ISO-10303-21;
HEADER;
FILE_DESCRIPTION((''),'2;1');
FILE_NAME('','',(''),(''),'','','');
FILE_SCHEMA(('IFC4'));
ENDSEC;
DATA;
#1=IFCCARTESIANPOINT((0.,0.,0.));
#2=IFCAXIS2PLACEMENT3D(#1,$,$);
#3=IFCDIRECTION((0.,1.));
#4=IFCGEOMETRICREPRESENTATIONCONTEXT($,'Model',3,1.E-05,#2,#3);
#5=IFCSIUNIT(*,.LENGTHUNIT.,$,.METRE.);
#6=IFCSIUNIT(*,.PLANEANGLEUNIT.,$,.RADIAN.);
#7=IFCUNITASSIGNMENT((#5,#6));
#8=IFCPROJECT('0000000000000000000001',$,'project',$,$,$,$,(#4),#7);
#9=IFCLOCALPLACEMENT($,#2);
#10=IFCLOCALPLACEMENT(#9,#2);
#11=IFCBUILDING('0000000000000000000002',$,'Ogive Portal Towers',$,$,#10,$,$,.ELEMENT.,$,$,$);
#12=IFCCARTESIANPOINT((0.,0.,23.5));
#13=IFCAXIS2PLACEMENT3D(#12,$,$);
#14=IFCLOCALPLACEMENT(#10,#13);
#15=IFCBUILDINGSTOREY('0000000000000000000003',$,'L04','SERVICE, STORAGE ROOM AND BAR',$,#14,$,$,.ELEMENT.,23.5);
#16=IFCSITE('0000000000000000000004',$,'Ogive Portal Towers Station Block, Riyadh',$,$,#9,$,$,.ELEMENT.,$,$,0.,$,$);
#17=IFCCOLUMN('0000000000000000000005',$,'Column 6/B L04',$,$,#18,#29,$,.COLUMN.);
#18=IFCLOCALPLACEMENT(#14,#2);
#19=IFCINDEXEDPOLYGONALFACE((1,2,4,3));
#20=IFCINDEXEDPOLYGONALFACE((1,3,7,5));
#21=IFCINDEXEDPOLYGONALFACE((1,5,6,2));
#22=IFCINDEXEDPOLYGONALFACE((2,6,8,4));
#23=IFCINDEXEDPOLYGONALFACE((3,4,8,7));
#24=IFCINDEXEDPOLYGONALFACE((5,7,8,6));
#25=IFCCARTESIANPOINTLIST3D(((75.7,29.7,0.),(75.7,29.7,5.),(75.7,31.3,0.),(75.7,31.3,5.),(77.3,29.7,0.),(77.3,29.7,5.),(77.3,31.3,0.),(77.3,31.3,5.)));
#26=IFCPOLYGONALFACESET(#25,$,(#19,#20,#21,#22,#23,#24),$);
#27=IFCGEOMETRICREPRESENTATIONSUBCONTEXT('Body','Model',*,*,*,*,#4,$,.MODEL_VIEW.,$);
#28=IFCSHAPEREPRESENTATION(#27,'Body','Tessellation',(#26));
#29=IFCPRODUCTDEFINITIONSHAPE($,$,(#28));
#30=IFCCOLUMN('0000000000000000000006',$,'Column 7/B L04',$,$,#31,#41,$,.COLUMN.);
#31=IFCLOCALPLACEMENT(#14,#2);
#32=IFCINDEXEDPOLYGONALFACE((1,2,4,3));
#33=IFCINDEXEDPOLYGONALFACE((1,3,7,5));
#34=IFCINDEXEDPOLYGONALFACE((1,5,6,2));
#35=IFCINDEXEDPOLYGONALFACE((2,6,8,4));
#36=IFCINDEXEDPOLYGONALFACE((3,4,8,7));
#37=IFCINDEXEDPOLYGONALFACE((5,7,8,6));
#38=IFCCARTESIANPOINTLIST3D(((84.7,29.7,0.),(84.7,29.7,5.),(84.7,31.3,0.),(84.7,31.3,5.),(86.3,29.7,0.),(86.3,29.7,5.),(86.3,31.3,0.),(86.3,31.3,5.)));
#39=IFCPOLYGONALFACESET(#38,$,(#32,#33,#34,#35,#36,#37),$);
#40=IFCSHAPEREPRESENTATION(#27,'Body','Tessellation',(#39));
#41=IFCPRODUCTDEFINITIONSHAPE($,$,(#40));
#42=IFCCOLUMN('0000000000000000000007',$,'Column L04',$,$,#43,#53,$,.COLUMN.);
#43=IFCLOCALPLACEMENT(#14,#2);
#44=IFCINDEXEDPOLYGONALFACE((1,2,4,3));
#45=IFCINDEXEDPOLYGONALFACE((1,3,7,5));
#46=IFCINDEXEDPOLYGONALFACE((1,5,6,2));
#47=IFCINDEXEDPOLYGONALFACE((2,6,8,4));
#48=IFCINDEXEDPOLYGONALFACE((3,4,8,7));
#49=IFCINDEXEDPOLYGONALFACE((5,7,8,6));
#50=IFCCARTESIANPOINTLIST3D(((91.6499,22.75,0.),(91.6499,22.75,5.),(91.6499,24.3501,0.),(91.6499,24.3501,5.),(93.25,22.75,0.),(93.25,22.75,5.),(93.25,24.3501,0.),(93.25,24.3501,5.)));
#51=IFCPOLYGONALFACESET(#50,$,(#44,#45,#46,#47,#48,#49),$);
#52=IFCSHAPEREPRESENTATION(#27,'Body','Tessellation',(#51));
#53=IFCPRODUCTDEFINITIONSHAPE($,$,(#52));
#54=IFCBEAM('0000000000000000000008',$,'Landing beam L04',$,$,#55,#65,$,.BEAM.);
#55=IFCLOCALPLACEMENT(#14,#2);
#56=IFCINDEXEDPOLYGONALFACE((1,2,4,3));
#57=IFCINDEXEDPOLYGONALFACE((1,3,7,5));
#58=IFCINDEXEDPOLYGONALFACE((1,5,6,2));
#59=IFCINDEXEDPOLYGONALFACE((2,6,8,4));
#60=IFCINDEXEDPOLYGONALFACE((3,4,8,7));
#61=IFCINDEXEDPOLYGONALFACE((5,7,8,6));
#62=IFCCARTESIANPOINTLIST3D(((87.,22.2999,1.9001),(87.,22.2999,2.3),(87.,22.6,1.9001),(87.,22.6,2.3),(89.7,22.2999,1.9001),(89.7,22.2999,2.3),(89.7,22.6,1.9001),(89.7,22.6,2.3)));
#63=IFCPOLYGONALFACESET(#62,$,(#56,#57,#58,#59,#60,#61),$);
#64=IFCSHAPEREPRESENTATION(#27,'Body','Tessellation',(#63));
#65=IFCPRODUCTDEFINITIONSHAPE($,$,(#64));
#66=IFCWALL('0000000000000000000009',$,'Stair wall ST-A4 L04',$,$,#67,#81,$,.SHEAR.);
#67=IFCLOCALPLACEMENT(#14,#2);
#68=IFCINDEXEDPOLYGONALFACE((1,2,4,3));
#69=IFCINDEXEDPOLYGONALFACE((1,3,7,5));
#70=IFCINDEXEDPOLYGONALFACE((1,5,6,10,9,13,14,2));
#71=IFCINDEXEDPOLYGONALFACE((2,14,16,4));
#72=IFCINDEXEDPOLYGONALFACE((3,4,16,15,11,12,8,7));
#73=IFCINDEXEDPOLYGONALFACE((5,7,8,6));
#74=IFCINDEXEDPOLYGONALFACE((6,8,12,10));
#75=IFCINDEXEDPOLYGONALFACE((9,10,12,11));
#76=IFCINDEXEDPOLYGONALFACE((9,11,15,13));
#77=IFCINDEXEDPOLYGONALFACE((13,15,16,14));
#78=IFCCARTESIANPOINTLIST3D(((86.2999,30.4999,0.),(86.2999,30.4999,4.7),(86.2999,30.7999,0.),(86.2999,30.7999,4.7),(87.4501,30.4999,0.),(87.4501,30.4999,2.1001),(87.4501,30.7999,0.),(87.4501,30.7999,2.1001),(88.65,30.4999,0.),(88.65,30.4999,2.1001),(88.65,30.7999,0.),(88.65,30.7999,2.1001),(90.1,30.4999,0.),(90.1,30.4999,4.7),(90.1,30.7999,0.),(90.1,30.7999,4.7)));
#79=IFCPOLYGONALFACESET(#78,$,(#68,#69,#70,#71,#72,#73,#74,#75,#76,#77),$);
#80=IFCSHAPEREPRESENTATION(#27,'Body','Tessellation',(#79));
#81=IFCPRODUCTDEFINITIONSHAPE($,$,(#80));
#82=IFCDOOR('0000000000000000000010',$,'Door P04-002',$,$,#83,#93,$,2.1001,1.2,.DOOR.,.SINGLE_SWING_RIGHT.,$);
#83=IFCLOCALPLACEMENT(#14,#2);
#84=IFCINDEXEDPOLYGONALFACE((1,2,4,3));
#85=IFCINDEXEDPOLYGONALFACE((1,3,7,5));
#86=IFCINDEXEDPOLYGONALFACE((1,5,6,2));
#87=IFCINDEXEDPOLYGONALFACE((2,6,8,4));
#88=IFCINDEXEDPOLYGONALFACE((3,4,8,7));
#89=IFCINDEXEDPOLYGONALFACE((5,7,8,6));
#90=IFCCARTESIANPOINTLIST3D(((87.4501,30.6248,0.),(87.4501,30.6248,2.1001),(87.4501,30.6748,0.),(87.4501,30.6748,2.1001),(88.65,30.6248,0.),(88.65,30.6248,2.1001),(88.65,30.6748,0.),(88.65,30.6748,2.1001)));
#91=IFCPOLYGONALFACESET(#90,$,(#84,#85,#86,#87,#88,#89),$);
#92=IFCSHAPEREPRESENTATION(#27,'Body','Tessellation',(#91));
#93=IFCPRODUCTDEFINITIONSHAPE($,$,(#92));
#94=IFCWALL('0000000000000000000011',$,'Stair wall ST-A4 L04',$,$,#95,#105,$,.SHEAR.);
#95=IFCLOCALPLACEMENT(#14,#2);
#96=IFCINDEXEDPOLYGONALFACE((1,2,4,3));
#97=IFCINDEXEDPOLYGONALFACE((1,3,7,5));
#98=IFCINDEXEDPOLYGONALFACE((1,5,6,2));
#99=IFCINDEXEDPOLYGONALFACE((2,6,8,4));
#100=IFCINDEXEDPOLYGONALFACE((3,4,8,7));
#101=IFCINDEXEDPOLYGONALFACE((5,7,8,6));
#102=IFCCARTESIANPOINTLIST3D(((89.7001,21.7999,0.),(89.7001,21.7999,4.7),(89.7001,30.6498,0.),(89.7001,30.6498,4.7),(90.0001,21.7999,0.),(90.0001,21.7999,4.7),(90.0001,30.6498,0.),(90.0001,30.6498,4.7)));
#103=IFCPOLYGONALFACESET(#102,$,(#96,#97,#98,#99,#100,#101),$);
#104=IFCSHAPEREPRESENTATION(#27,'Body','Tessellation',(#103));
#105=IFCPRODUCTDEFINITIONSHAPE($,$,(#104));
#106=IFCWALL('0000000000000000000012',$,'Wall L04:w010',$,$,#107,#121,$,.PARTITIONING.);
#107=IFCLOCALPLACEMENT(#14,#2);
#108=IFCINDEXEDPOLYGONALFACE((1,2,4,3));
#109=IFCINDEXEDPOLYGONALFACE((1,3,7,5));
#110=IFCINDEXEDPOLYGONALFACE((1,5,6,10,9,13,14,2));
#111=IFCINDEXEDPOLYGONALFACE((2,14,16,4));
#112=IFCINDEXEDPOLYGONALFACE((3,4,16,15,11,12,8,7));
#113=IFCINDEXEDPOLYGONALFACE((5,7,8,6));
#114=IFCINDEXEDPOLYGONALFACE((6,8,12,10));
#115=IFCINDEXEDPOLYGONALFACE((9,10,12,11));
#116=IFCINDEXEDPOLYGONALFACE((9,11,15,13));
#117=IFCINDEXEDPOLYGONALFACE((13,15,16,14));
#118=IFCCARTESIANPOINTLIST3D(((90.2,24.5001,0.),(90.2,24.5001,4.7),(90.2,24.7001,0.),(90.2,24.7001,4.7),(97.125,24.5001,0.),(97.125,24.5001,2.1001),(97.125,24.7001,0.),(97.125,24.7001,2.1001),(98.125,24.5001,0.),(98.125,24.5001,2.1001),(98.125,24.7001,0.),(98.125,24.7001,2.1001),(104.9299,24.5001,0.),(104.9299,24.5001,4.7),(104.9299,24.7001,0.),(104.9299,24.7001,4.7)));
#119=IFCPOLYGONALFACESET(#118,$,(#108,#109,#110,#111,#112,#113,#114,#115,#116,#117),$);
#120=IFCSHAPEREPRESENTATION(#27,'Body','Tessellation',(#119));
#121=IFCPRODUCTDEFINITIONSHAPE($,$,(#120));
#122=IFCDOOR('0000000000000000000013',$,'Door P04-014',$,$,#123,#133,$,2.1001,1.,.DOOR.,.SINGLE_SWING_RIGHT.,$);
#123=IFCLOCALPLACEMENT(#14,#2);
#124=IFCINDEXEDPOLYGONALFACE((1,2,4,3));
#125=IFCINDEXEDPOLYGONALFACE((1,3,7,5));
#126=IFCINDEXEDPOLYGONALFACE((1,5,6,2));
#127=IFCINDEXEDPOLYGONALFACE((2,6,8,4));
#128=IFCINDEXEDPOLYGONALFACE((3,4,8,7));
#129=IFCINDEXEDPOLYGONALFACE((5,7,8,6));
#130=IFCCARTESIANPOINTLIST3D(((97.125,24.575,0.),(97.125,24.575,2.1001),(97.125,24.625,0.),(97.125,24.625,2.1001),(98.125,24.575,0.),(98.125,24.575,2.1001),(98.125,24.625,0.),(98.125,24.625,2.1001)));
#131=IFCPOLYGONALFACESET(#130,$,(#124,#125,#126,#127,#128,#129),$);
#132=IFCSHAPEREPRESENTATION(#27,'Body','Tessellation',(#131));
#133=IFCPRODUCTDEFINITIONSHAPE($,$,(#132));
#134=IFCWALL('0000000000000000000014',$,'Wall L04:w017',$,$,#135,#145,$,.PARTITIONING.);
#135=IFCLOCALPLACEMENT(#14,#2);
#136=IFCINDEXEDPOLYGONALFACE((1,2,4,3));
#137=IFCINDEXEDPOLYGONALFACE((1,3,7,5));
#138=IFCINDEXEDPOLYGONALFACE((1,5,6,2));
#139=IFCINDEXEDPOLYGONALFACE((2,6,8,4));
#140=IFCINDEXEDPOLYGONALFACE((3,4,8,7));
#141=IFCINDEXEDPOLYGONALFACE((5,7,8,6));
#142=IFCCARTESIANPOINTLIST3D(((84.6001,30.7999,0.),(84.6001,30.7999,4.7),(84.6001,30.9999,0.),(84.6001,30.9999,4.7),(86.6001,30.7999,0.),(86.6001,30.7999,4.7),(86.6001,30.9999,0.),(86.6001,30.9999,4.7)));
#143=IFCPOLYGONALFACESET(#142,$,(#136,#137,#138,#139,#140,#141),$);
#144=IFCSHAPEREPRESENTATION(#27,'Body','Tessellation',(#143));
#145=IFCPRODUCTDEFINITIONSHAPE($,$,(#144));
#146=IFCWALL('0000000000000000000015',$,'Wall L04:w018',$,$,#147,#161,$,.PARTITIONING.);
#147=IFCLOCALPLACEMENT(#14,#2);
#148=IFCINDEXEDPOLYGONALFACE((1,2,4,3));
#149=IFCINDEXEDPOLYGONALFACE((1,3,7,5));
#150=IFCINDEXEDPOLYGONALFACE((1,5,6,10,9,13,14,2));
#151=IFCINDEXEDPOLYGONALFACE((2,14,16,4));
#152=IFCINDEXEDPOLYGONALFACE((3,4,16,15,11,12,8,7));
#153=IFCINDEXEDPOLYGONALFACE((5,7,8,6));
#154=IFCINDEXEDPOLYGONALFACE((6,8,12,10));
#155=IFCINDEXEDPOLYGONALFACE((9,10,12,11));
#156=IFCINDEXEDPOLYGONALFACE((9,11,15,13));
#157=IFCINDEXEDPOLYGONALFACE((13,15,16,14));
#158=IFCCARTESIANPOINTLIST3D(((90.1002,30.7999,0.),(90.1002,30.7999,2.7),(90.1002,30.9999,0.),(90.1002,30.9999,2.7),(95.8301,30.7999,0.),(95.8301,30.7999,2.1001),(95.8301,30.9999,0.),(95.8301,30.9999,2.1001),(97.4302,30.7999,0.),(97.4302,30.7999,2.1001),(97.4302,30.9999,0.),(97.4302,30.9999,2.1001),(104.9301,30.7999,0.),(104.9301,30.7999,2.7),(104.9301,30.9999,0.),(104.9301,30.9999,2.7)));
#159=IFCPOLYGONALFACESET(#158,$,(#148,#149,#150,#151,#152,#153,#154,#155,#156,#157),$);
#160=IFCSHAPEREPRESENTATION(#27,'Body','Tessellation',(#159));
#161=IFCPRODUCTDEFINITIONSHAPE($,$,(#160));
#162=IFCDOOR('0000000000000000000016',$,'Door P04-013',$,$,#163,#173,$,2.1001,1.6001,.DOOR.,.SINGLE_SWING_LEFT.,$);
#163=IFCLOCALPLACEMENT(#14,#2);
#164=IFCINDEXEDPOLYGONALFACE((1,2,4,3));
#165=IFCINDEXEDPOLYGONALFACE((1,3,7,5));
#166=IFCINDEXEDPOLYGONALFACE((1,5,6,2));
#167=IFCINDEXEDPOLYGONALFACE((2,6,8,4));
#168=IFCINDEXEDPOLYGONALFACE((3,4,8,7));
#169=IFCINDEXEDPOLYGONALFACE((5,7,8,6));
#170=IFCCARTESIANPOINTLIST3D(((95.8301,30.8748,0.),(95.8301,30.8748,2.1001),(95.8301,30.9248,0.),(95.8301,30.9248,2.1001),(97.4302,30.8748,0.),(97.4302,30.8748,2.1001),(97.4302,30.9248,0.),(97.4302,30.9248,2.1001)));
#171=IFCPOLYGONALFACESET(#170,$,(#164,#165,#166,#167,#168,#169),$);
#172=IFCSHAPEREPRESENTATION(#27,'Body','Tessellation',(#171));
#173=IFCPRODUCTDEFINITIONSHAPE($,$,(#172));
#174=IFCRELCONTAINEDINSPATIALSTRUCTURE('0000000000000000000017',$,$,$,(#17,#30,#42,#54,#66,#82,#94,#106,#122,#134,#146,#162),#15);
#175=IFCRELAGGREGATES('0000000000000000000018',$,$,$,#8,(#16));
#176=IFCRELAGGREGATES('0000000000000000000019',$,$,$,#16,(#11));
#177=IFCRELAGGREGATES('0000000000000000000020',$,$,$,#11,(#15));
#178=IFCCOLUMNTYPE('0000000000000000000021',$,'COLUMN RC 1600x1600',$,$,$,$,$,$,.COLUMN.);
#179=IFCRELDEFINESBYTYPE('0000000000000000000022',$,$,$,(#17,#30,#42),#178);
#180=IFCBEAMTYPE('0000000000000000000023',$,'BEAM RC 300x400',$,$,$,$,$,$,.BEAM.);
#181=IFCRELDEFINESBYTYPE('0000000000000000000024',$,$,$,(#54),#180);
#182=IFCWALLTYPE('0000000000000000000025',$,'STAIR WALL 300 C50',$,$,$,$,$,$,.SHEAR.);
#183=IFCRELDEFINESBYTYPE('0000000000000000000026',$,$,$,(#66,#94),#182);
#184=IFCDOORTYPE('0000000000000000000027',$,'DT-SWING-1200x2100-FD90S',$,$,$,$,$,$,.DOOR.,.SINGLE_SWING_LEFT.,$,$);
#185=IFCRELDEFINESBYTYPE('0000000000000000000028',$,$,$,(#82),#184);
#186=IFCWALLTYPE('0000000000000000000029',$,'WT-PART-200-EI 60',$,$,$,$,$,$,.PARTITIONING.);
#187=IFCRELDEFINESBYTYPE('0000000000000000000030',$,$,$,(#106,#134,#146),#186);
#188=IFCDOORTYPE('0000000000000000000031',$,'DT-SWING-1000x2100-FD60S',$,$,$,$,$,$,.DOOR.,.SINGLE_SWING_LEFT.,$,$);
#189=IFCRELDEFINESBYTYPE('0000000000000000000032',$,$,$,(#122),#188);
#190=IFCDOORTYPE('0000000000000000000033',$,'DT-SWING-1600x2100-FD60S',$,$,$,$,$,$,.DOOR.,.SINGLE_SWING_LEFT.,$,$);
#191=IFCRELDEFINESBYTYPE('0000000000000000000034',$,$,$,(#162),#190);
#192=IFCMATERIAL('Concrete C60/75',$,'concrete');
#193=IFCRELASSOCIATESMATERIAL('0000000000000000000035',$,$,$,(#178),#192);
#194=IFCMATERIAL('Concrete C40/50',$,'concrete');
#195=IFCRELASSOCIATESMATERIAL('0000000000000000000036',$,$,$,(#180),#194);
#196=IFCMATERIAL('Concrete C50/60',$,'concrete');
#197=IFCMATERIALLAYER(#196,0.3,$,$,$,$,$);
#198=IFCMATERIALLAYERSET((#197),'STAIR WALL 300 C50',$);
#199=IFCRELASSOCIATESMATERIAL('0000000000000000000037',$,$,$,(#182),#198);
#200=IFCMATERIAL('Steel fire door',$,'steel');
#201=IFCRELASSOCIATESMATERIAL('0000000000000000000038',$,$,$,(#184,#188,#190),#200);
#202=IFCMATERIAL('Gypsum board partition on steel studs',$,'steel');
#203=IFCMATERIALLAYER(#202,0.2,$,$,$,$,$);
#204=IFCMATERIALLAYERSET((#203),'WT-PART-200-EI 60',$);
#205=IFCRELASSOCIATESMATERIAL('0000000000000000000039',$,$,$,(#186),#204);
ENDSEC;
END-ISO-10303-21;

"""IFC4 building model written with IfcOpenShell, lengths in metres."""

from ifc_helpers import new_model, si_unit, direction, frame, frame_2d, origin, origin_2d, place, context, subcontext, project, spatial, rectangle, extrude, material, layer, layer_set, material_profile, profile_set, type_object, element, fill, save


model = new_model("IFC4")

# Units and contexts
model_context = context("Model", 3, precision=1e-05, world=origin(), true_north=direction((0.0, 1.0)))
body_context = subcontext(model_context, "Body", "Model", "MODEL_VIEW")
ifc_project = project(units=[si_unit("LENGTHUNIT", "METRE"), si_unit("PLANEANGLEUNIT", "RADIAN")], contexts=[model_context])

# Site, building, storey
site_placement = place(None, origin())
site = spatial("IfcSite", under=ifc_project, at=site_placement, Name="Ogive Portal Towers Station Block, Riyadh", CompositionType="ELEMENT", RefElevation=0.0)
building_placement = place(site_placement, origin())
building = spatial("IfcBuilding", under=site, at=building_placement, Name="Ogive Portal Towers", CompositionType="ELEMENT")
storey_placement = place(building_placement, frame((0.0, 0.0, 23.5)))
storey = spatial("IfcBuildingStorey", under=building, at=storey_placement, Name="L04", Description="SERVICE, STORAGE ROOM AND BAR", CompositionType="ELEMENT", Elevation=23.5)

# Columns
ifc_material_1 = material(Name="Concrete C60/75", Category="concrete")
ifc_material_profile_1 = material_profile(ifc_material_1, rectangle(XDim=1.6001, YDim=1.6001, at=origin_2d()), Name="RC 1600x1600")
ifc_profile_set_1 = profile_set([ifc_material_profile_1], Name="Concrete C60/75")
column_type = type_object("IfcColumnType", Name="COLUMN RC 1600x1600", PredefinedType="COLUMN", material=ifc_profile_set_1)
for number, where, z_axis, x_axis, name in (
    (1, (76.5, 30.5, 0.0), (0.0, 0.0, 1.0), (1.0, 0.0, 0.0), "Column 6/B L04"),
    (2, (85.5, 30.5, 0.0), (0.0, 0.0, 1.0), (1.0, 0.0, 0.0), "Column 7/B L04"),
    (3, (92.45, 23.55, 0.0), (0.0, 0.0, 1.0), (1.0, 0.0, 0.0), "Column L04"),
):
    element("IfcColumn", number, at=place(storey_placement, frame(where, z_axis=z_axis, x_axis=x_axis)), inside=storey, type_object=column_type, Name=name, PredefinedType="COLUMN", context=body_context, shape_type="SweptSolid", body=[
        extrude(rectangle(XDim=1.6001, YDim=1.6001, at=origin_2d()), origin(), (0.0, 0.0, 1.0), 5.0),
    ])

# Beam
ifc_material_2 = material(Name="Concrete C40/50", Category="concrete")
ifc_material_profile_2 = material_profile(ifc_material_2, rectangle(XDim=0.3, YDim=0.3999, at=origin_2d()), Name="RC 300x400")
ifc_profile_set_2 = profile_set([ifc_material_profile_2], Name="Concrete C40/50")
beam_type = type_object("IfcBeamType", Name="BEAM RC 300x400", PredefinedType="BEAM", material=ifc_profile_set_2)
beam_placement = place(storey_placement, frame((87.0, 22.45, 2.1001), z_axis=(1.0, 0.0, 0.0), x_axis=(0.0, 1.0, 0.0)))
element("IfcBeam", 4, at=beam_placement, inside=storey, type_object=beam_type, Name="Landing beam L04", PredefinedType="BEAM", context=body_context, shape_type="SweptSolid", body=[
    extrude(rectangle(XDim=0.3, YDim=0.3999, at=origin_2d()), origin(), (0.0, 0.0, 1.0), 2.7),
])

# Wall, opening, door
ifc_material_3 = material(Name="Concrete C50/60", Category="concrete")
ifc_layer_1 = layer(ifc_material_3, 0.3)
ifc_layer_set_1 = layer_set([ifc_layer_1], Name="STAIR WALL 300 C50")
wall_type_1 = type_object("IfcWallType", Name="STAIR WALL 300 C50", PredefinedType="SHEAR", material=ifc_layer_set_1)
wall_1_placement = place(storey_placement, frame((86.3, 30.6499, 0.0), z_axis=(0.0, 0.0, 1.0), x_axis=(1.0, 0.0, 0.0)))
wall_1 = element("IfcWall", 5, at=wall_1_placement, inside=storey, type_object=wall_type_1, Name="Stair wall ST-A4 L04", PredefinedType="SHEAR", context=body_context, shape_type="SweptSolid", body=[
    extrude(rectangle(XDim=3.8, YDim=0.3, at=frame_2d((1.8999, 0.0))), origin(), (0.0, 0.0, 1.0), 4.7),
])
opening_1_placement = place(wall_1_placement, frame((1.1499, 0.0, 0.0)))
opening_1 = element("IfcOpeningElement", 6, at=opening_1_placement, cuts=wall_1, PredefinedType="OPENING", context=body_context, shape_type="SweptSolid", body=[
    extrude(rectangle(XDim=1.2, YDim=2.1001, at=frame_2d((0.6001, 1.05))), frame((0.0, 0.1602, 0.0), z_axis=(0.0, -1.0, 0.0), x_axis=(1.0, 0.0, 0.0)), (0.0, 0.0, 1.0), 0.3201),
])
ifc_material_4 = material(Name="Steel fire door", Category="steel")
door_type_1 = type_object("IfcDoorType", Name="DT-SWING-1200x2100-FD90S", OperationType="SINGLE_SWING_LEFT", PredefinedType="DOOR", material=ifc_material_4)
door_1_placement = place(opening_1_placement, origin())
door_1 = element("IfcDoor", 7, at=door_1_placement, inside=storey, type_object=door_type_1, Name="Door P04-002", OperationType="SINGLE_SWING_RIGHT", OverallHeight=2.1001, OverallWidth=1.2, PredefinedType="DOOR", context=body_context, shape_type="SweptSolid", body=[
    extrude(rectangle(XDim=1.2, YDim=2.1001, at=frame_2d((0.6001, 1.05))), frame((0.0, 0.0249, 0.0), z_axis=(0.0, -1.0, 0.0), x_axis=(1.0, 0.0, 0.0)), (0.0, 0.0, 1.0), 0.05),
])
fill(opening_1, door_1)

# Wall
wall_2_placement = place(storey_placement, frame((89.8501, 21.8, 0.0), z_axis=(0.0, 0.0, 1.0), x_axis=(0.0, 1.0, 0.0)))
element("IfcWall", 8, at=wall_2_placement, inside=storey, type_object=wall_type_1, Name="Stair wall ST-A4 L04", PredefinedType="SHEAR", context=body_context, shape_type="SweptSolid", body=[
    extrude(rectangle(XDim=8.8499, YDim=0.3, at=frame_2d((4.4248, 0.0))), origin(), (0.0, 0.0, 1.0), 4.7),
])

# Wall, opening, door
ifc_material_5 = material(Name="Gypsum board partition on steel studs", Category="steel")
ifc_layer_2 = layer(ifc_material_5, 0.2)
ifc_layer_set_2 = layer_set([ifc_layer_2], Name="WT-PART-200-EI 60")
wall_type_2 = type_object("IfcWallType", Name="WT-PART-200-EI 60", PredefinedType="PARTITIONING", material=ifc_layer_set_2)
wall_3_placement = place(storey_placement, frame((90.2, 24.6001, 0.0), z_axis=(0.0, 0.0, 1.0), x_axis=(1.0, 0.0, 0.0)))
wall_3 = element("IfcWall", 9, at=wall_3_placement, inside=storey, type_object=wall_type_2, Name="Wall L04:w010", PredefinedType="PARTITIONING", context=body_context, shape_type="SweptSolid", body=[
    extrude(rectangle(XDim=14.73, YDim=0.2, at=frame_2d((7.365, 0.0))), origin(), (0.0, 0.0, 1.0), 4.7),
])
opening_2_placement = place(wall_3_placement, frame((6.925, 0.0, 0.0)))
opening_2 = element("IfcOpeningElement", 10, at=opening_2_placement, cuts=wall_3, PredefinedType="OPENING", context=body_context, shape_type="SweptSolid", body=[
    extrude(rectangle(XDim=1.0, YDim=2.1001, at=frame_2d((0.5, 1.05))), frame((0.0, 0.1099, 0.0), z_axis=(0.0, -1.0, 0.0), x_axis=(1.0, 0.0, 0.0)), (0.0, 0.0, 1.0), 0.22),
])
door_type_2 = type_object("IfcDoorType", Name="DT-SWING-1000x2100-FD60S", OperationType="SINGLE_SWING_LEFT", PredefinedType="DOOR", material=ifc_material_4)
door_2_placement = place(opening_2_placement, origin())
door_2 = element("IfcDoor", 11, at=door_2_placement, inside=storey, type_object=door_type_2, Name="Door P04-014", OperationType="SINGLE_SWING_RIGHT", OverallHeight=2.1001, OverallWidth=1.0, PredefinedType="DOOR", context=body_context, shape_type="SweptSolid", body=[
    extrude(rectangle(XDim=1.0, YDim=2.1001, at=frame_2d((0.5, 1.05))), frame((0.0, 0.0249, 0.0), z_axis=(0.0, -1.0, 0.0), x_axis=(1.0, 0.0, 0.0)), (0.0, 0.0, 1.0), 0.05),
])
fill(opening_2, door_2)

# Wall
wall_4_placement = place(storey_placement, frame((84.6001, 30.8999, 0.0), z_axis=(0.0, 0.0, 1.0), x_axis=(1.0, 0.0, 0.0)))
element("IfcWall", 12, at=wall_4_placement, inside=storey, type_object=wall_type_2, Name="Wall L04:w017", PredefinedType="PARTITIONING", context=body_context, shape_type="SweptSolid", body=[
    extrude(rectangle(XDim=2.0, YDim=0.2, at=frame_2d((1.0, 0.0))), origin(), (0.0, 0.0, 1.0), 4.7),
])

# Wall, opening, door
wall_5_placement = place(storey_placement, frame((90.1001, 30.8999, 0.0), z_axis=(0.0, 0.0, 1.0), x_axis=(1.0, 0.0, 0.0)))
wall_5 = element("IfcWall", 13, at=wall_5_placement, inside=storey, type_object=wall_type_2, Name="Wall L04:w018", PredefinedType="PARTITIONING", context=body_context, shape_type="SweptSolid", body=[
    extrude(rectangle(XDim=14.8298, YDim=0.2, at=frame_2d((7.415, 0.0))), origin(), (0.0, 0.0, 1.0), 2.7),
])
opening_3_placement = place(wall_5_placement, frame((5.73, 0.0, 0.0)))
opening_3 = element("IfcOpeningElement", 14, at=opening_3_placement, cuts=wall_5, PredefinedType="OPENING", context=body_context, shape_type="SweptSolid", body=[
    extrude(rectangle(XDim=1.6001, YDim=2.1001, at=frame_2d((0.8, 1.05))), frame((0.0, 0.1099, 0.0), z_axis=(0.0, -1.0, 0.0), x_axis=(1.0, 0.0, 0.0)), (0.0, 0.0, 1.0), 0.22),
])
door_type_3 = type_object("IfcDoorType", Name="DT-SWING-1600x2100-FD60S", OperationType="SINGLE_SWING_LEFT", PredefinedType="DOOR", material=ifc_material_4)
door_3_placement = place(opening_3_placement, origin())
door_3 = element("IfcDoor", 15, at=door_3_placement, inside=storey, type_object=door_type_3, Name="Door P04-013", OperationType="SINGLE_SWING_LEFT", OverallHeight=2.1001, OverallWidth=1.6001, PredefinedType="DOOR", context=body_context, shape_type="SweptSolid", body=[
    extrude(rectangle(XDim=1.6001, YDim=2.1001, at=frame_2d((0.8, 1.05))), frame((0.0, 0.0249, 0.0), z_axis=(0.0, -1.0, 0.0), x_axis=(1.0, 0.0, 0.0)), (0.0, 0.0, 1.0), 0.05),
])
fill(opening_3, door_3)

save(model, "model.ifc")
